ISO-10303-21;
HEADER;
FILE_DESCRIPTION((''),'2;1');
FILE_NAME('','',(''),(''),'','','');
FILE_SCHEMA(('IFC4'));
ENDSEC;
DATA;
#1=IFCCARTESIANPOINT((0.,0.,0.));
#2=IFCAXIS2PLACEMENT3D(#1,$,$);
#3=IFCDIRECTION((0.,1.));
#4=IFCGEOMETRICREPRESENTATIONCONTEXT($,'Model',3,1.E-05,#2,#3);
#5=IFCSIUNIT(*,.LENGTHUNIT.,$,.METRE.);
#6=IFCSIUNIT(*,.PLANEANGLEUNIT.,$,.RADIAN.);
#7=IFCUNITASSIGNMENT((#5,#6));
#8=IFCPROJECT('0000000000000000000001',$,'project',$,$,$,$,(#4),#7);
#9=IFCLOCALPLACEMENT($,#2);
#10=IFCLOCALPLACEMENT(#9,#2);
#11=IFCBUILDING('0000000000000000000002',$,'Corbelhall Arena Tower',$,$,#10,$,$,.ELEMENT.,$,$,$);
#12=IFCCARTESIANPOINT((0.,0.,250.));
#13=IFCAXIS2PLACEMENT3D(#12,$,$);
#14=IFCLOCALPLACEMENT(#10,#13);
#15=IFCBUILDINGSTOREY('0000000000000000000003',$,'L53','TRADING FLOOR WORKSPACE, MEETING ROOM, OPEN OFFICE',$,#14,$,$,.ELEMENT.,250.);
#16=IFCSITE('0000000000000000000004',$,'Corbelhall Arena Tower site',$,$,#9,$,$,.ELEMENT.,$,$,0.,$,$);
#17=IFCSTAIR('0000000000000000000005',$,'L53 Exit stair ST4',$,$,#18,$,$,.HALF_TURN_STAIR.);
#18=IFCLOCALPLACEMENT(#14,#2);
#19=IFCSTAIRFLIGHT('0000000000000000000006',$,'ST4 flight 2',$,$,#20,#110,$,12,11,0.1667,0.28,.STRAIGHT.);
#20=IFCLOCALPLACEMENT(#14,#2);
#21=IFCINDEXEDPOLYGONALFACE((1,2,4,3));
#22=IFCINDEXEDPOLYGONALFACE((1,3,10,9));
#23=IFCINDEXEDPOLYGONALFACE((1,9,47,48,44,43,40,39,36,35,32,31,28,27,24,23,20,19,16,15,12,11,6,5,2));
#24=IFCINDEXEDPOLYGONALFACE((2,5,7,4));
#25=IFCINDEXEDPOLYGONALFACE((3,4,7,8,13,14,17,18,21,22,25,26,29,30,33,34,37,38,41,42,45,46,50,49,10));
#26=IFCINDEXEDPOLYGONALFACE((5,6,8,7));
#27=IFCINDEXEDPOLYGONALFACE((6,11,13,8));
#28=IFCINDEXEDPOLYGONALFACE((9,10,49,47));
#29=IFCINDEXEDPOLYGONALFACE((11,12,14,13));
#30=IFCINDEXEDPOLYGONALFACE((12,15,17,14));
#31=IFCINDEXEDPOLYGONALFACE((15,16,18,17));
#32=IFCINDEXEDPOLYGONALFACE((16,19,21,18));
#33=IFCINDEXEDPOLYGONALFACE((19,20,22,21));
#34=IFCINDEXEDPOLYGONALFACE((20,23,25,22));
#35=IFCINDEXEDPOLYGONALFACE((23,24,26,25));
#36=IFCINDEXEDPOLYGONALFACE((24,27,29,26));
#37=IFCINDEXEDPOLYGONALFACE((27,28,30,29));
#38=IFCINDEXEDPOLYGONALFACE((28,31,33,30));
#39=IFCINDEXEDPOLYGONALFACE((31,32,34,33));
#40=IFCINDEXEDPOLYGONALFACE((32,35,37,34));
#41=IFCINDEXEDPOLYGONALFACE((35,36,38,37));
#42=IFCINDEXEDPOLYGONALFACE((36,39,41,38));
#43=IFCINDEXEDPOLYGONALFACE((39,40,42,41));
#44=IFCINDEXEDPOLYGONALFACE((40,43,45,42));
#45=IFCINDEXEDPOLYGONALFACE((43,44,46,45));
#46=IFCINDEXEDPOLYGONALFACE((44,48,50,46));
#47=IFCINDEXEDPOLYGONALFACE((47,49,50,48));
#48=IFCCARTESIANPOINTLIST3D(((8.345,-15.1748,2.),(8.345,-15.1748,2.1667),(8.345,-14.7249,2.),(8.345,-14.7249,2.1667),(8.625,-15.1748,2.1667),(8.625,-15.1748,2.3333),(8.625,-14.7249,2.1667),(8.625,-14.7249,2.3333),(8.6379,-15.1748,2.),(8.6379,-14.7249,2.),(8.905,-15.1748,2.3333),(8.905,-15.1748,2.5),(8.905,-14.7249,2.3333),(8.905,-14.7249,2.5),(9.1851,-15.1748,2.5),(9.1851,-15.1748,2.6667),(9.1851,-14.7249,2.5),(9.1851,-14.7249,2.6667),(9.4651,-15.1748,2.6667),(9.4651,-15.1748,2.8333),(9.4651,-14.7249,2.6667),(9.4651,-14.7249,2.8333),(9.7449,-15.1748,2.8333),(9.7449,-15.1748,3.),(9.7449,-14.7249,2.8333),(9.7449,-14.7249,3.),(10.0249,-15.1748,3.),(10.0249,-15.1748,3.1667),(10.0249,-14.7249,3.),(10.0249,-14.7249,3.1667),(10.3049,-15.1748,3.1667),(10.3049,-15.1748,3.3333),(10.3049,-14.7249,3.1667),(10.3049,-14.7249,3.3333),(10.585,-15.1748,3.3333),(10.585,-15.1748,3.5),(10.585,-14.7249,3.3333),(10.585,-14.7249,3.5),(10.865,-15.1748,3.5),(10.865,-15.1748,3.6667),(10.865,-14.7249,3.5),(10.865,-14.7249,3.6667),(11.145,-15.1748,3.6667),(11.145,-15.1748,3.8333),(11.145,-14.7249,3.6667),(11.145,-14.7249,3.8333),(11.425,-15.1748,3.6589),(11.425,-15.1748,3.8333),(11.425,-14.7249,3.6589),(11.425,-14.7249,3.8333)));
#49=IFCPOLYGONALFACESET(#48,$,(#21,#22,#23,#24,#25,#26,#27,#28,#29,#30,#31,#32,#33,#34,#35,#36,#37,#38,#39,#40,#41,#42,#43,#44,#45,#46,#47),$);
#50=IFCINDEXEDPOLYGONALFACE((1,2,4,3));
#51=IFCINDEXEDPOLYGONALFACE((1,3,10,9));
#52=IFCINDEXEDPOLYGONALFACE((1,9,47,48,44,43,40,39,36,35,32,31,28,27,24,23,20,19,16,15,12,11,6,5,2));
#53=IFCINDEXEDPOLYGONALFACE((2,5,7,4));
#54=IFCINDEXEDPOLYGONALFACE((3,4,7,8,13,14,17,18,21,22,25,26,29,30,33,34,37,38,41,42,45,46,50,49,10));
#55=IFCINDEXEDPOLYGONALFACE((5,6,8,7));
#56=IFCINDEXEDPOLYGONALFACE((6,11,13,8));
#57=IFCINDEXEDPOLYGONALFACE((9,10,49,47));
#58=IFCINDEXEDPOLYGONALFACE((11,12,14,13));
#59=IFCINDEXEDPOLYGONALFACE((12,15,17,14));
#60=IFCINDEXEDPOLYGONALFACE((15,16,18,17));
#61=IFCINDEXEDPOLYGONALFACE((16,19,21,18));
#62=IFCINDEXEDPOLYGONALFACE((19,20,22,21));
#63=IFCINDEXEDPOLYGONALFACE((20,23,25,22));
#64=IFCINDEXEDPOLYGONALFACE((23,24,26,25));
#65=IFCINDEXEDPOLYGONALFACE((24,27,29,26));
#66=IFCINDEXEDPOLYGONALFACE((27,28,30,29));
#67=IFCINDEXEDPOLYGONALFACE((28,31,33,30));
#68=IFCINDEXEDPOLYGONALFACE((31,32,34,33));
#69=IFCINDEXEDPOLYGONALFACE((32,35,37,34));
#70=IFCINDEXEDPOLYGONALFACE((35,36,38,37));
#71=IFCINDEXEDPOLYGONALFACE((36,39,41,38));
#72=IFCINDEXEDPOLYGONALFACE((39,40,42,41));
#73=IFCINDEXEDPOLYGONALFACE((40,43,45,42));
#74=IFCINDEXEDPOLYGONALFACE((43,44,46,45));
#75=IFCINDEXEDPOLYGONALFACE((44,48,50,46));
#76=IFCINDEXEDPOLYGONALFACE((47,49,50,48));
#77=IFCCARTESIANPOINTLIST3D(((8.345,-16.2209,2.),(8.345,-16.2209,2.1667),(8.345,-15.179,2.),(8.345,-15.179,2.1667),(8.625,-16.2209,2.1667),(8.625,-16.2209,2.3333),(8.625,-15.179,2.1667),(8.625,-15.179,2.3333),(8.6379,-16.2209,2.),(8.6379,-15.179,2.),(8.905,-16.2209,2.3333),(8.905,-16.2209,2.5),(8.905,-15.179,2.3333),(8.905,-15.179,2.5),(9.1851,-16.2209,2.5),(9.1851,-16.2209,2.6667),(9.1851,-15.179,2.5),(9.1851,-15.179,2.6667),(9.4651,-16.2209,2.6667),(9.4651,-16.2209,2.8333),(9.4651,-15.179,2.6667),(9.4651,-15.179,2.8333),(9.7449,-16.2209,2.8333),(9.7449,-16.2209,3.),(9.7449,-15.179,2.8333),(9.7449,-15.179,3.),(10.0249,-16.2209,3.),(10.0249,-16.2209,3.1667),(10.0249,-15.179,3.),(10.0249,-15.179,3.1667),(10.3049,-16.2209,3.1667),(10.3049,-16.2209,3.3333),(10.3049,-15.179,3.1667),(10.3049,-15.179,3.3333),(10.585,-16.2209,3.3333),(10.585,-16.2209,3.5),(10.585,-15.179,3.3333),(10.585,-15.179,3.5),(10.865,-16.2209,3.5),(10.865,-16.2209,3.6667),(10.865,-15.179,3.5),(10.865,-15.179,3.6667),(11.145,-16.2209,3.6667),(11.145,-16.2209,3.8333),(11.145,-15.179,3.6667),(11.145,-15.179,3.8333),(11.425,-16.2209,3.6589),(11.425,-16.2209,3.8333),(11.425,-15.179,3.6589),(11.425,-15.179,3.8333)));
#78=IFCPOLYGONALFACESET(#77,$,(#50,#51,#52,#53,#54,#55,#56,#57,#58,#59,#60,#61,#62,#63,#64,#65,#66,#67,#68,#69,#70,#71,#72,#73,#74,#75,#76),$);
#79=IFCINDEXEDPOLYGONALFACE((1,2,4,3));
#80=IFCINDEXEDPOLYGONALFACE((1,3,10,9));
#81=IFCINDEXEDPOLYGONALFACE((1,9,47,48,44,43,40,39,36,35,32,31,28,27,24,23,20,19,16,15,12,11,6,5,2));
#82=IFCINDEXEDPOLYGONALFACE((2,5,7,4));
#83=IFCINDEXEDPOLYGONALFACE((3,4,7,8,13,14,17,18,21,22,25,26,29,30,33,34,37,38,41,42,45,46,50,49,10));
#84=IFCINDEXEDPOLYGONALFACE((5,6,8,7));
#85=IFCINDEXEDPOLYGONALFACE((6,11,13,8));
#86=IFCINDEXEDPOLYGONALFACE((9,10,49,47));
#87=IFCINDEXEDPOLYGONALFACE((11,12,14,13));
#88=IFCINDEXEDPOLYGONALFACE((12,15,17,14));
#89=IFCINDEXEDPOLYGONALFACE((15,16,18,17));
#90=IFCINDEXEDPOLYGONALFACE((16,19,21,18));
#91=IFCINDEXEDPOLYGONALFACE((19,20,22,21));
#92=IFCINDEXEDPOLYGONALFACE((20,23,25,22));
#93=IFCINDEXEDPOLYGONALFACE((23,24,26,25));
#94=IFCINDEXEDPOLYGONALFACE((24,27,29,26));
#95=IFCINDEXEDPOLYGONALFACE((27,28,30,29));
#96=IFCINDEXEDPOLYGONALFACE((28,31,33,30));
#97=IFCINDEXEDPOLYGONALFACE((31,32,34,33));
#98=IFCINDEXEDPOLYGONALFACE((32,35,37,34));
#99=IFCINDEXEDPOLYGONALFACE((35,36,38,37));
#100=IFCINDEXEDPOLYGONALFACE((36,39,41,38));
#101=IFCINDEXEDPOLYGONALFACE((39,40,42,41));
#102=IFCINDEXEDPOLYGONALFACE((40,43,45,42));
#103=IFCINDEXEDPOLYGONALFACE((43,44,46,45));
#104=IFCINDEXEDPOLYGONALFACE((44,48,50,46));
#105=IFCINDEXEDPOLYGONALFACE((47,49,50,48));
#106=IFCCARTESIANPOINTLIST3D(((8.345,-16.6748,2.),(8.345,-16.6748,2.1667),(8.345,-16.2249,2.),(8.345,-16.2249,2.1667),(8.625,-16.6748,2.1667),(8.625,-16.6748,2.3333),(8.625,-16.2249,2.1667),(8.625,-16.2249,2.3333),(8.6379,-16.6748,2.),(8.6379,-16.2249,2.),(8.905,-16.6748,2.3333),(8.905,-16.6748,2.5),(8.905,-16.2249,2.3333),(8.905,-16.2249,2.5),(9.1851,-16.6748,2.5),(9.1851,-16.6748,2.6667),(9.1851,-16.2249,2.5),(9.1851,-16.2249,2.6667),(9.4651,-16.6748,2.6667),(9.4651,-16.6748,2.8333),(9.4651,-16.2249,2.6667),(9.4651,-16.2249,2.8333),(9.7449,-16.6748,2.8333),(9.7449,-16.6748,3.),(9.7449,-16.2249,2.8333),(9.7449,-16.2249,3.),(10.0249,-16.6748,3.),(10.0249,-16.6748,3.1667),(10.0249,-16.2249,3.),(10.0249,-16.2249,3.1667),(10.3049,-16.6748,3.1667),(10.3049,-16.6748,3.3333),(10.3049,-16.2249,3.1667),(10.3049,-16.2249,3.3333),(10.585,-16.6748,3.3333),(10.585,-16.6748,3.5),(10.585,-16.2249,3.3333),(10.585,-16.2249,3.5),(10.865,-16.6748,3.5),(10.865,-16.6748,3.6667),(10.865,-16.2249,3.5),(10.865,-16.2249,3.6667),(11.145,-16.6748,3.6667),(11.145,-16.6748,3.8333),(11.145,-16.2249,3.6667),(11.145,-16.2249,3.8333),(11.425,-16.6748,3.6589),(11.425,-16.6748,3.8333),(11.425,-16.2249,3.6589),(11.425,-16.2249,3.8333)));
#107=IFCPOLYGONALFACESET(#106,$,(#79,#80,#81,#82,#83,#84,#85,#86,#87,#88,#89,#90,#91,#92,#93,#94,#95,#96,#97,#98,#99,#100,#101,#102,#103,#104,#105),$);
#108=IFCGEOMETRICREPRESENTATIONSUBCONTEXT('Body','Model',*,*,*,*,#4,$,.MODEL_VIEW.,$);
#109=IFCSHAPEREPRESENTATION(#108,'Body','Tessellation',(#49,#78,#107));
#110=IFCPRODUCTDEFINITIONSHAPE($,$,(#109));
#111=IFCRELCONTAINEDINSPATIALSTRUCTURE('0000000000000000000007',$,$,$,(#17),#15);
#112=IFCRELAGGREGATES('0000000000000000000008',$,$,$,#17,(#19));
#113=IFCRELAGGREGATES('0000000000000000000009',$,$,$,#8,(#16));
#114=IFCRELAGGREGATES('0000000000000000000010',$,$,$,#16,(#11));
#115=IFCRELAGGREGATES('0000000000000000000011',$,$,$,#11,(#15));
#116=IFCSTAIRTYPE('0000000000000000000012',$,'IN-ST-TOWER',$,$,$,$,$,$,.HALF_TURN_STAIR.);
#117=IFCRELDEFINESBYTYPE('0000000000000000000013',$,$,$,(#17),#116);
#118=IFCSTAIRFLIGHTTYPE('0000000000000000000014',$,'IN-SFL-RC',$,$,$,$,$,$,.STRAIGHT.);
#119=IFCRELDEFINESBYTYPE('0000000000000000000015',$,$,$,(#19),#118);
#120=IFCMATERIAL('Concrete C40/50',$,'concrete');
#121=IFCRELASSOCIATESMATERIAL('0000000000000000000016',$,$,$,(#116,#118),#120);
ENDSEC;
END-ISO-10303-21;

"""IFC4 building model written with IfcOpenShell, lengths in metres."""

from ifc_helpers import new_model, si_unit, direction, frame, origin, place, context, subcontext, project, spatial, polyline, outline, extrude, material, type_object, element, aggregate, save


model = new_model("IFC4")

# Units and contexts
model_context = context("Model", 3, precision=1e-05, world=origin(), true_north=direction((0.0, 1.0)))
body_context = subcontext(model_context, "Body", "Model", "MODEL_VIEW")
ifc_project = project(units=[si_unit("LENGTHUNIT", "METRE"), si_unit("PLANEANGLEUNIT", "RADIAN")], contexts=[model_context])

# Site, building, storey
site_placement = place(None, origin())
site = spatial("IfcSite", under=ifc_project, at=site_placement, Name="Corbelhall Arena Tower site", CompositionType="ELEMENT", RefElevation=0.0)
building_placement = place(site_placement, origin())
building = spatial("IfcBuilding", under=site, at=building_placement, Name="Corbelhall Arena Tower", CompositionType="ELEMENT")
storey_placement = place(building_placement, frame((0.0, 0.0, 250.0)))
storey = spatial("IfcBuildingStorey", under=building, at=storey_placement, Name="L53", Description="TRADING FLOOR WORKSPACE, MEETING ROOM, OPEN OFFICE", CompositionType="ELEMENT", Elevation=250.0)

# Shared definitions
ifc_material_1 = material(Name="Concrete C40/50", Category="concrete")

# Stair, stair flight
stair_type = type_object("IfcStairType", Name="IN-ST-TOWER", PredefinedType="HALF_TURN_STAIR", material=ifc_material_1)
stair_placement = place(storey_placement, origin())
stair = element("IfcStair", 1, at=stair_placement, inside=storey, type_object=stair_type, Name="L53 Exit stair ST4", PredefinedType="HALF_TURN_STAIR")
stair_flight_type = type_object("IfcStairFlightType", Name="IN-SFL-RC", PredefinedType="STRAIGHT", material=ifc_material_1)
stair_flight_1_placement = place(storey_placement, frame((8.345, -15.7, 2.0), z_axis=(0.0, 0.0, 1.0), x_axis=(1.0, 0.0, 0.0)))
stair_flight_1 = element("IfcStairFlight", 2, at=stair_flight_1_placement, type_object=stair_flight_type, Name="ST4 flight 2", NumberOfRisers=12, NumberOfTreads=11, PredefinedType="STRAIGHT", RiserHeight=0.1667, TreadLength=0.28, context=body_context, shape_type="SweptSolid", body=[
    extrude(outline(polyline([(0.0, 0.0), (0.0, 0.1667), (0.28, 0.1667), (0.28, 0.3333), (0.5601, 0.3333), (0.5601, 0.5), (0.8401, 0.5), (0.8401, 0.6667), (1.1201, 0.6667), (1.1201, 0.8333), (1.3999, 0.8333), (1.3999, 1.0), (1.6799, 1.0), (1.6799, 1.1667), (1.96, 1.1667), (1.96, 1.3333), (2.24, 1.3333), (2.24, 1.5), (2.52, 1.5), (2.52, 1.6667), (2.8, 1.6667), (2.8, 1.8333), (3.0801, 1.8333), (3.0801, 2.0), (3.0801, 1.6589), (0.293, 0.0), (0.0, 0.0)])), frame((0.0, 0.9751, 0.0), z_axis=(0.0, -1.0, 0.0), x_axis=(1.0, 0.0, 0.0)), (0.0, 0.0, 1.0), 0.45),
    extrude(outline(polyline([(0.0, 0.0), (0.0, 0.1667), (0.28, 0.1667), (0.28, 0.3333), (0.5601, 0.3333), (0.5601, 0.5), (0.8401, 0.5), (0.8401, 0.6667), (1.1201, 0.6667), (1.1201, 0.8333), (1.3999, 0.8333), (1.3999, 1.0), (1.6799, 1.0), (1.6799, 1.1667), (1.96, 1.1667), (1.96, 1.3333), (2.24, 1.3333), (2.24, 1.5), (2.52, 1.5), (2.52, 1.6667), (2.8, 1.6667), (2.8, 1.8333), (3.0801, 1.8333), (3.0801, 2.0), (3.0801, 1.6589), (0.293, 0.0), (0.0, 0.0)])), frame((0.0, 0.521, 0.0), z_axis=(0.0, -1.0, 0.0), x_axis=(1.0, 0.0, 0.0)), (0.0, 0.0, 1.0), 1.042),
    extrude(outline(polyline([(0.0, 0.0), (0.0, 0.1667), (0.28, 0.1667), (0.28, 0.3333), (0.5601, 0.3333), (0.5601, 0.5), (0.8401, 0.5), (0.8401, 0.6667), (1.1201, 0.6667), (1.1201, 0.8333), (1.3999, 0.8333), (1.3999, 1.0), (1.6799, 1.0), (1.6799, 1.1667), (1.96, 1.1667), (1.96, 1.3333), (2.24, 1.3333), (2.24, 1.5), (2.52, 1.5), (2.52, 1.6667), (2.8, 1.6667), (2.8, 1.8333), (3.0801, 1.8333), (3.0801, 2.0), (3.0801, 1.6589), (0.293, 0.0), (0.0, 0.0)])), frame((0.0, -0.5249, 0.0), z_axis=(0.0, -1.0, 0.0), x_axis=(1.0, 0.0, 0.0)), (0.0, 0.0, 1.0), 0.45),
])
aggregate(stair, [stair_flight_1])

save(model, "model.ifc")
